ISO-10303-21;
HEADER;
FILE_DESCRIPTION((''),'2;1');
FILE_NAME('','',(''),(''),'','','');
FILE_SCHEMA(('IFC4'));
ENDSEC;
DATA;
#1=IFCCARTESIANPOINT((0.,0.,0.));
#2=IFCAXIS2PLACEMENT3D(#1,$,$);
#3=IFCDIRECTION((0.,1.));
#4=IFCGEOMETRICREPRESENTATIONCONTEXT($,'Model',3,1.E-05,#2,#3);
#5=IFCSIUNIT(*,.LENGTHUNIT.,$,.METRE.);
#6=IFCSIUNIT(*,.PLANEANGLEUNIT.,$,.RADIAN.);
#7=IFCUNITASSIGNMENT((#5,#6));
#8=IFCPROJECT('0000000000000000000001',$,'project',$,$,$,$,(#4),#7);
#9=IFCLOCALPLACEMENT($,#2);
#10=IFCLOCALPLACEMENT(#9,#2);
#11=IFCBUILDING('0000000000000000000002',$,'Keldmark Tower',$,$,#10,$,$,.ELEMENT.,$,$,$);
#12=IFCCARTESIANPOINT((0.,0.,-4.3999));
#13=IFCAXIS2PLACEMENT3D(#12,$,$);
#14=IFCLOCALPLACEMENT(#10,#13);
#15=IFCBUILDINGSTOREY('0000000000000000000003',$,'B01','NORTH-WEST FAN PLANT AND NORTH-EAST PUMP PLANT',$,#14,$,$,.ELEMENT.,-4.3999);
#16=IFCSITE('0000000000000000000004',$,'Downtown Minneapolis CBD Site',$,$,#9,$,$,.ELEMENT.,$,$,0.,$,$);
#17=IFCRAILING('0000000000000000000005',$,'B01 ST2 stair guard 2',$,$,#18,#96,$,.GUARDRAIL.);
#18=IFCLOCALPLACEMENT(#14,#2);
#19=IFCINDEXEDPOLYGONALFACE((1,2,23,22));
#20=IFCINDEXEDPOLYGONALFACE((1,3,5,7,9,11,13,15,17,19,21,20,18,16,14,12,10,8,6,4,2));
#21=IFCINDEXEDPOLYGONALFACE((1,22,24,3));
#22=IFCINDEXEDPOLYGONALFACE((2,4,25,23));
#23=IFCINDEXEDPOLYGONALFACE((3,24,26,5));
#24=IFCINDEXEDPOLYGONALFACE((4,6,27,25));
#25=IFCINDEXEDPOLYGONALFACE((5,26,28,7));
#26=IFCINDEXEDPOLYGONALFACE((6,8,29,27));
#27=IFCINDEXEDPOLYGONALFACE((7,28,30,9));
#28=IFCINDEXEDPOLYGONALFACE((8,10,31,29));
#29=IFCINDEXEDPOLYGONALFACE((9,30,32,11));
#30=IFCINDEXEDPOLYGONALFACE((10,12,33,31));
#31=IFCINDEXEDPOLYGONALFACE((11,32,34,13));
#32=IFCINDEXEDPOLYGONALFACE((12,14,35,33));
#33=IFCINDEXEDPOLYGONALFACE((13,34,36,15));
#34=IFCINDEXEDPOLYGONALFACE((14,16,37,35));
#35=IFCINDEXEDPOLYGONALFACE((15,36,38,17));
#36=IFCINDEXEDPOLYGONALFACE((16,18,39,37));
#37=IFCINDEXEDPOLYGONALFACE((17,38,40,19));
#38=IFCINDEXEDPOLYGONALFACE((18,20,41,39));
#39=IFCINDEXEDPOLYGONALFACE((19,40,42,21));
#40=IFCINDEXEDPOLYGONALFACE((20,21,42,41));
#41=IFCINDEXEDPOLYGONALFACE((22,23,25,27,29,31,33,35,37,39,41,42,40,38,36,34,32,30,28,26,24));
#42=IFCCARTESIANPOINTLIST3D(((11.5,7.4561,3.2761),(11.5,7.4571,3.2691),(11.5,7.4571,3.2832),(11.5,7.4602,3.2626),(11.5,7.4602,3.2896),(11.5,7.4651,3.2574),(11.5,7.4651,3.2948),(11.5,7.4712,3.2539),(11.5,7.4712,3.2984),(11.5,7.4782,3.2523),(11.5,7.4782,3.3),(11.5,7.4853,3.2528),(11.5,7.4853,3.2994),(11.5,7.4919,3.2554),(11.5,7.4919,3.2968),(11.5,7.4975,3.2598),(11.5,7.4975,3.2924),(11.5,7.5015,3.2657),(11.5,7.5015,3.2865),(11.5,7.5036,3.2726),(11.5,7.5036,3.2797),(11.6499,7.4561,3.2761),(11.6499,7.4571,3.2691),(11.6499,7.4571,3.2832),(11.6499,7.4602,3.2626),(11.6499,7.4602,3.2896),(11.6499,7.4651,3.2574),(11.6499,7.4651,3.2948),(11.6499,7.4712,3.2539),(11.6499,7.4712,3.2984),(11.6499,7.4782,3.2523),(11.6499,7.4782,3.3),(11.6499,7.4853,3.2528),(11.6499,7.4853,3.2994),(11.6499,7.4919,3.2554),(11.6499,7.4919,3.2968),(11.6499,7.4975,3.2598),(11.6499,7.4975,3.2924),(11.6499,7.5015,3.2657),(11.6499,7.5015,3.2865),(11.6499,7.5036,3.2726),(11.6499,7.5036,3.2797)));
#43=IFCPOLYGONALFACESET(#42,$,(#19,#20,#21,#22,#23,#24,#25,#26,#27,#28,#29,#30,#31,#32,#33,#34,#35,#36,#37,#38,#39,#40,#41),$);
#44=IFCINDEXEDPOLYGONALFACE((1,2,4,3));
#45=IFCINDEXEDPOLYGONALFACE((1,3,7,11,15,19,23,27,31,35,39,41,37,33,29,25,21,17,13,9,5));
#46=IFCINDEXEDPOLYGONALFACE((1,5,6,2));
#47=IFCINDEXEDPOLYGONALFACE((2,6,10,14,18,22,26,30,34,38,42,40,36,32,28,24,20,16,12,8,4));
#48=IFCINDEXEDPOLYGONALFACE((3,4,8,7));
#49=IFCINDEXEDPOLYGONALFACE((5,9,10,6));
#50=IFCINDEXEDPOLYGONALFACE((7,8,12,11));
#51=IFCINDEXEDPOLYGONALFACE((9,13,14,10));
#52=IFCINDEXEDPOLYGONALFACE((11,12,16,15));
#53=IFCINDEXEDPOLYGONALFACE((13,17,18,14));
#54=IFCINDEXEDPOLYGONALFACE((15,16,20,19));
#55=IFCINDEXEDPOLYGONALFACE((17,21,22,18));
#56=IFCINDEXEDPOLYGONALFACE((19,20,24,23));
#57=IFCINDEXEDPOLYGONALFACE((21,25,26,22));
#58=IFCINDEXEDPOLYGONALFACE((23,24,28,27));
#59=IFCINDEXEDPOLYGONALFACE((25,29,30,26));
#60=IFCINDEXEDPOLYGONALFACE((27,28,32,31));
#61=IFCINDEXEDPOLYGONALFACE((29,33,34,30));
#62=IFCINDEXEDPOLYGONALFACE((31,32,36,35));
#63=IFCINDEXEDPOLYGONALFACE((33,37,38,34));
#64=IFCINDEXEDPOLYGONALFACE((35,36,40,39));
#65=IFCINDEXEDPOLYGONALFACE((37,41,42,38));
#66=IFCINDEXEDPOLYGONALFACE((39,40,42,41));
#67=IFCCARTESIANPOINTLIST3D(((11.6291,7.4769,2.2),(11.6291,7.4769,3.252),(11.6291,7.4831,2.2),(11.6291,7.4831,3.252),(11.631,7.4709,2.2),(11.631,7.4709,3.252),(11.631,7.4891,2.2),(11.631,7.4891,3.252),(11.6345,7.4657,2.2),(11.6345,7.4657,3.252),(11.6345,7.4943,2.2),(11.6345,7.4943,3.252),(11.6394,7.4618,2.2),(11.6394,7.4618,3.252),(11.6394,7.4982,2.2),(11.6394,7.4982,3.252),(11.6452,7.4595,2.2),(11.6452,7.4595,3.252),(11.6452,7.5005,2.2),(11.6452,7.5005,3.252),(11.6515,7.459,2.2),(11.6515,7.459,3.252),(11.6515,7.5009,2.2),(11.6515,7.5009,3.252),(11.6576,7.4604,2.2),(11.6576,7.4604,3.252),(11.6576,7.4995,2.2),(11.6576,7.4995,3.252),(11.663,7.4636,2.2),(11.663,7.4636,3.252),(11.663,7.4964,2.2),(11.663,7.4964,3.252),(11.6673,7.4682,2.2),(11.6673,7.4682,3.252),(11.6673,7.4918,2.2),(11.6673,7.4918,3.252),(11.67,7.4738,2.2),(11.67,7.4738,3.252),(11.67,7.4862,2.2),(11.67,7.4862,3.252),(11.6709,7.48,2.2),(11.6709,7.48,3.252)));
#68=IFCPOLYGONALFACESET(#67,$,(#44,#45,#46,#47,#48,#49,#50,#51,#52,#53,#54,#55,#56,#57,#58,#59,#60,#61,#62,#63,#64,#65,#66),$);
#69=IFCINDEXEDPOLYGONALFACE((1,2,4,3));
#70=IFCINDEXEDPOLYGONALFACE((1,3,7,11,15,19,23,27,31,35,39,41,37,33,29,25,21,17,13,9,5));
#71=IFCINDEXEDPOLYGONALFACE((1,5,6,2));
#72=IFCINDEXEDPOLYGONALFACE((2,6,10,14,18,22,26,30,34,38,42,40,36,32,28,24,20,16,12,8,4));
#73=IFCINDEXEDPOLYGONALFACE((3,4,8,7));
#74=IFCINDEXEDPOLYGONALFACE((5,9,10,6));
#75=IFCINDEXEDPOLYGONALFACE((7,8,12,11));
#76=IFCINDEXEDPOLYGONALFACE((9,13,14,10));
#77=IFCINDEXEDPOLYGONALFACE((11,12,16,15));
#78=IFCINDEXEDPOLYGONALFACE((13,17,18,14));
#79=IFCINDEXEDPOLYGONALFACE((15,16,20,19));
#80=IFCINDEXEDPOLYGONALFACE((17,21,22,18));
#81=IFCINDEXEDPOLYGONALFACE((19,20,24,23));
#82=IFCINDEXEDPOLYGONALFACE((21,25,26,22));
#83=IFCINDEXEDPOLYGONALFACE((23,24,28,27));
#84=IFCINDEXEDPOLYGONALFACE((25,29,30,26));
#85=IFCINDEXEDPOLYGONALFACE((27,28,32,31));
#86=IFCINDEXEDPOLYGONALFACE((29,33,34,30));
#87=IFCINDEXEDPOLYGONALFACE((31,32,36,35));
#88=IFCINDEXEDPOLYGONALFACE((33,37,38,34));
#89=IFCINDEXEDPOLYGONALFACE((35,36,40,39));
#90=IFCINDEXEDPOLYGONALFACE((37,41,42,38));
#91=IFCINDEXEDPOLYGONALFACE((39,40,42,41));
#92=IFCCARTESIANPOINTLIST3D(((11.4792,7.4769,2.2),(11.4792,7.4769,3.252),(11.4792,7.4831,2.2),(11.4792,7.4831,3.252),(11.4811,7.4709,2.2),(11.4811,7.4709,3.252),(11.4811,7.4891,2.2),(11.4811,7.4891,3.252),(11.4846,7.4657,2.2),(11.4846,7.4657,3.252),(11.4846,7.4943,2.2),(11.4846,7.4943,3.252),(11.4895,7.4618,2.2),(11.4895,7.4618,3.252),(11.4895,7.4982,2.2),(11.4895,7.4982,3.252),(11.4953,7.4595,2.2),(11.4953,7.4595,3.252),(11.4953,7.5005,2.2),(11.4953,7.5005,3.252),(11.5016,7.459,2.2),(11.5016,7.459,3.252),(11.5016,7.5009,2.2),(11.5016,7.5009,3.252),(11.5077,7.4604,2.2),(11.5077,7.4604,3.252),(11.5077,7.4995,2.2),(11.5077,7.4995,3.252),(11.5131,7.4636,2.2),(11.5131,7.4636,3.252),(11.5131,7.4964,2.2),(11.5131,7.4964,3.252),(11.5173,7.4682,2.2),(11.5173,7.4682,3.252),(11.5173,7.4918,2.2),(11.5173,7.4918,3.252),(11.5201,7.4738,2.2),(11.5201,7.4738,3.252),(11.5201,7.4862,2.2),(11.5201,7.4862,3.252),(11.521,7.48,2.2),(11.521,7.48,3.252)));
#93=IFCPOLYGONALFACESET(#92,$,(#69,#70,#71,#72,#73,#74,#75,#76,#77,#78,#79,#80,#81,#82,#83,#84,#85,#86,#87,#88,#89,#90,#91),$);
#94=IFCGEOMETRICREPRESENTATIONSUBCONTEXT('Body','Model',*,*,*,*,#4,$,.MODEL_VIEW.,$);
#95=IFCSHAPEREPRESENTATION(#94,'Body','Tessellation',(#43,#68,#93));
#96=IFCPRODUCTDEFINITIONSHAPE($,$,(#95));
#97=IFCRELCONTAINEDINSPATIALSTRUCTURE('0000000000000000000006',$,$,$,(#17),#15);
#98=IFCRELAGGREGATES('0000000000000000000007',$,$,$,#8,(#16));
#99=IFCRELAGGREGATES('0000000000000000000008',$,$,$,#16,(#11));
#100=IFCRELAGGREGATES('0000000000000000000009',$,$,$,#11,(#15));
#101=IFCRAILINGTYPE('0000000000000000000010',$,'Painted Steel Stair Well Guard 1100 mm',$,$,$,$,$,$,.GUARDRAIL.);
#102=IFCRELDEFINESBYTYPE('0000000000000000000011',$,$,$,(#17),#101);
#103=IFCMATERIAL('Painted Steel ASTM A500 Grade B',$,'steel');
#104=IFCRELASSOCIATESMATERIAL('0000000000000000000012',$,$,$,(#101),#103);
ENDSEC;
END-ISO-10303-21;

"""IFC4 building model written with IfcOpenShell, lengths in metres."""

from ifc_helpers import new_model, si_unit, direction, frame, origin, origin_2d, place, context, subcontext, project, spatial, circle, extrude, material, type_object, element, save


model = new_model("IFC4")

# Units and contexts
model_context = context("Model", 3, precision=1e-05, world=origin(), true_north=direction((0.0, 1.0)))
body_context = subcontext(model_context, "Body", "Model", "MODEL_VIEW")
ifc_project = project(units=[si_unit("LENGTHUNIT", "METRE"), si_unit("PLANEANGLEUNIT", "RADIAN")], contexts=[model_context])

# Site, building, storey
site_placement = place(None, origin())
site = spatial("IfcSite", under=ifc_project, at=site_placement, Name="Downtown Minneapolis CBD Site", CompositionType="ELEMENT", RefElevation=0.0)
building_placement = place(site_placement, origin())
building = spatial("IfcBuilding", under=site, at=building_placement, Name="Keldmark Tower", CompositionType="ELEMENT")
storey_placement = place(building_placement, frame((0.0, 0.0, -4.3999)))
storey = spatial("IfcBuildingStorey", under=building, at=storey_placement, Name="B01", Description="NORTH-WEST FAN PLANT AND NORTH-EAST PUMP PLANT", CompositionType="ELEMENT", Elevation=-4.3999)

# Railing
ifc_material_1 = material(Name="Painted Steel ASTM A500 Grade B", Category="steel")
railing_type_1 = type_object("IfcRailingType", Name="Painted Steel Stair Well Guard 1100 mm", PredefinedType="GUARDRAIL", material=ifc_material_1)
railing_1_placement = place(storey_placement, frame((11.6499, 7.48, 2.2)))
element("IfcRailing", 1, at=railing_1_placement, inside=storey, type_object=railing_type_1, Name="B01 ST2 stair guard 2", PredefinedType="GUARDRAIL", context=body_context, shape_type="SweptSolid", body=[
    extrude(circle(Radius=0.0239, at=origin_2d()), frame((0.0, 0.0, 1.0762), z_axis=(-1.0, 0.0, 0.0), x_axis=(0.0, -1.0, 0.0)), (0.0, 0.0, 1.0), 0.1499),
    extrude(circle(Radius=0.021, at=origin_2d()), origin(), (0.0, 0.0, 1.0), 1.052),
    extrude(circle(Radius=0.021, at=origin_2d()), frame((-0.1499, 0.0, 0.0)), (0.0, 0.0, 1.0), 1.052),
])

save(model, "model.ifc")
